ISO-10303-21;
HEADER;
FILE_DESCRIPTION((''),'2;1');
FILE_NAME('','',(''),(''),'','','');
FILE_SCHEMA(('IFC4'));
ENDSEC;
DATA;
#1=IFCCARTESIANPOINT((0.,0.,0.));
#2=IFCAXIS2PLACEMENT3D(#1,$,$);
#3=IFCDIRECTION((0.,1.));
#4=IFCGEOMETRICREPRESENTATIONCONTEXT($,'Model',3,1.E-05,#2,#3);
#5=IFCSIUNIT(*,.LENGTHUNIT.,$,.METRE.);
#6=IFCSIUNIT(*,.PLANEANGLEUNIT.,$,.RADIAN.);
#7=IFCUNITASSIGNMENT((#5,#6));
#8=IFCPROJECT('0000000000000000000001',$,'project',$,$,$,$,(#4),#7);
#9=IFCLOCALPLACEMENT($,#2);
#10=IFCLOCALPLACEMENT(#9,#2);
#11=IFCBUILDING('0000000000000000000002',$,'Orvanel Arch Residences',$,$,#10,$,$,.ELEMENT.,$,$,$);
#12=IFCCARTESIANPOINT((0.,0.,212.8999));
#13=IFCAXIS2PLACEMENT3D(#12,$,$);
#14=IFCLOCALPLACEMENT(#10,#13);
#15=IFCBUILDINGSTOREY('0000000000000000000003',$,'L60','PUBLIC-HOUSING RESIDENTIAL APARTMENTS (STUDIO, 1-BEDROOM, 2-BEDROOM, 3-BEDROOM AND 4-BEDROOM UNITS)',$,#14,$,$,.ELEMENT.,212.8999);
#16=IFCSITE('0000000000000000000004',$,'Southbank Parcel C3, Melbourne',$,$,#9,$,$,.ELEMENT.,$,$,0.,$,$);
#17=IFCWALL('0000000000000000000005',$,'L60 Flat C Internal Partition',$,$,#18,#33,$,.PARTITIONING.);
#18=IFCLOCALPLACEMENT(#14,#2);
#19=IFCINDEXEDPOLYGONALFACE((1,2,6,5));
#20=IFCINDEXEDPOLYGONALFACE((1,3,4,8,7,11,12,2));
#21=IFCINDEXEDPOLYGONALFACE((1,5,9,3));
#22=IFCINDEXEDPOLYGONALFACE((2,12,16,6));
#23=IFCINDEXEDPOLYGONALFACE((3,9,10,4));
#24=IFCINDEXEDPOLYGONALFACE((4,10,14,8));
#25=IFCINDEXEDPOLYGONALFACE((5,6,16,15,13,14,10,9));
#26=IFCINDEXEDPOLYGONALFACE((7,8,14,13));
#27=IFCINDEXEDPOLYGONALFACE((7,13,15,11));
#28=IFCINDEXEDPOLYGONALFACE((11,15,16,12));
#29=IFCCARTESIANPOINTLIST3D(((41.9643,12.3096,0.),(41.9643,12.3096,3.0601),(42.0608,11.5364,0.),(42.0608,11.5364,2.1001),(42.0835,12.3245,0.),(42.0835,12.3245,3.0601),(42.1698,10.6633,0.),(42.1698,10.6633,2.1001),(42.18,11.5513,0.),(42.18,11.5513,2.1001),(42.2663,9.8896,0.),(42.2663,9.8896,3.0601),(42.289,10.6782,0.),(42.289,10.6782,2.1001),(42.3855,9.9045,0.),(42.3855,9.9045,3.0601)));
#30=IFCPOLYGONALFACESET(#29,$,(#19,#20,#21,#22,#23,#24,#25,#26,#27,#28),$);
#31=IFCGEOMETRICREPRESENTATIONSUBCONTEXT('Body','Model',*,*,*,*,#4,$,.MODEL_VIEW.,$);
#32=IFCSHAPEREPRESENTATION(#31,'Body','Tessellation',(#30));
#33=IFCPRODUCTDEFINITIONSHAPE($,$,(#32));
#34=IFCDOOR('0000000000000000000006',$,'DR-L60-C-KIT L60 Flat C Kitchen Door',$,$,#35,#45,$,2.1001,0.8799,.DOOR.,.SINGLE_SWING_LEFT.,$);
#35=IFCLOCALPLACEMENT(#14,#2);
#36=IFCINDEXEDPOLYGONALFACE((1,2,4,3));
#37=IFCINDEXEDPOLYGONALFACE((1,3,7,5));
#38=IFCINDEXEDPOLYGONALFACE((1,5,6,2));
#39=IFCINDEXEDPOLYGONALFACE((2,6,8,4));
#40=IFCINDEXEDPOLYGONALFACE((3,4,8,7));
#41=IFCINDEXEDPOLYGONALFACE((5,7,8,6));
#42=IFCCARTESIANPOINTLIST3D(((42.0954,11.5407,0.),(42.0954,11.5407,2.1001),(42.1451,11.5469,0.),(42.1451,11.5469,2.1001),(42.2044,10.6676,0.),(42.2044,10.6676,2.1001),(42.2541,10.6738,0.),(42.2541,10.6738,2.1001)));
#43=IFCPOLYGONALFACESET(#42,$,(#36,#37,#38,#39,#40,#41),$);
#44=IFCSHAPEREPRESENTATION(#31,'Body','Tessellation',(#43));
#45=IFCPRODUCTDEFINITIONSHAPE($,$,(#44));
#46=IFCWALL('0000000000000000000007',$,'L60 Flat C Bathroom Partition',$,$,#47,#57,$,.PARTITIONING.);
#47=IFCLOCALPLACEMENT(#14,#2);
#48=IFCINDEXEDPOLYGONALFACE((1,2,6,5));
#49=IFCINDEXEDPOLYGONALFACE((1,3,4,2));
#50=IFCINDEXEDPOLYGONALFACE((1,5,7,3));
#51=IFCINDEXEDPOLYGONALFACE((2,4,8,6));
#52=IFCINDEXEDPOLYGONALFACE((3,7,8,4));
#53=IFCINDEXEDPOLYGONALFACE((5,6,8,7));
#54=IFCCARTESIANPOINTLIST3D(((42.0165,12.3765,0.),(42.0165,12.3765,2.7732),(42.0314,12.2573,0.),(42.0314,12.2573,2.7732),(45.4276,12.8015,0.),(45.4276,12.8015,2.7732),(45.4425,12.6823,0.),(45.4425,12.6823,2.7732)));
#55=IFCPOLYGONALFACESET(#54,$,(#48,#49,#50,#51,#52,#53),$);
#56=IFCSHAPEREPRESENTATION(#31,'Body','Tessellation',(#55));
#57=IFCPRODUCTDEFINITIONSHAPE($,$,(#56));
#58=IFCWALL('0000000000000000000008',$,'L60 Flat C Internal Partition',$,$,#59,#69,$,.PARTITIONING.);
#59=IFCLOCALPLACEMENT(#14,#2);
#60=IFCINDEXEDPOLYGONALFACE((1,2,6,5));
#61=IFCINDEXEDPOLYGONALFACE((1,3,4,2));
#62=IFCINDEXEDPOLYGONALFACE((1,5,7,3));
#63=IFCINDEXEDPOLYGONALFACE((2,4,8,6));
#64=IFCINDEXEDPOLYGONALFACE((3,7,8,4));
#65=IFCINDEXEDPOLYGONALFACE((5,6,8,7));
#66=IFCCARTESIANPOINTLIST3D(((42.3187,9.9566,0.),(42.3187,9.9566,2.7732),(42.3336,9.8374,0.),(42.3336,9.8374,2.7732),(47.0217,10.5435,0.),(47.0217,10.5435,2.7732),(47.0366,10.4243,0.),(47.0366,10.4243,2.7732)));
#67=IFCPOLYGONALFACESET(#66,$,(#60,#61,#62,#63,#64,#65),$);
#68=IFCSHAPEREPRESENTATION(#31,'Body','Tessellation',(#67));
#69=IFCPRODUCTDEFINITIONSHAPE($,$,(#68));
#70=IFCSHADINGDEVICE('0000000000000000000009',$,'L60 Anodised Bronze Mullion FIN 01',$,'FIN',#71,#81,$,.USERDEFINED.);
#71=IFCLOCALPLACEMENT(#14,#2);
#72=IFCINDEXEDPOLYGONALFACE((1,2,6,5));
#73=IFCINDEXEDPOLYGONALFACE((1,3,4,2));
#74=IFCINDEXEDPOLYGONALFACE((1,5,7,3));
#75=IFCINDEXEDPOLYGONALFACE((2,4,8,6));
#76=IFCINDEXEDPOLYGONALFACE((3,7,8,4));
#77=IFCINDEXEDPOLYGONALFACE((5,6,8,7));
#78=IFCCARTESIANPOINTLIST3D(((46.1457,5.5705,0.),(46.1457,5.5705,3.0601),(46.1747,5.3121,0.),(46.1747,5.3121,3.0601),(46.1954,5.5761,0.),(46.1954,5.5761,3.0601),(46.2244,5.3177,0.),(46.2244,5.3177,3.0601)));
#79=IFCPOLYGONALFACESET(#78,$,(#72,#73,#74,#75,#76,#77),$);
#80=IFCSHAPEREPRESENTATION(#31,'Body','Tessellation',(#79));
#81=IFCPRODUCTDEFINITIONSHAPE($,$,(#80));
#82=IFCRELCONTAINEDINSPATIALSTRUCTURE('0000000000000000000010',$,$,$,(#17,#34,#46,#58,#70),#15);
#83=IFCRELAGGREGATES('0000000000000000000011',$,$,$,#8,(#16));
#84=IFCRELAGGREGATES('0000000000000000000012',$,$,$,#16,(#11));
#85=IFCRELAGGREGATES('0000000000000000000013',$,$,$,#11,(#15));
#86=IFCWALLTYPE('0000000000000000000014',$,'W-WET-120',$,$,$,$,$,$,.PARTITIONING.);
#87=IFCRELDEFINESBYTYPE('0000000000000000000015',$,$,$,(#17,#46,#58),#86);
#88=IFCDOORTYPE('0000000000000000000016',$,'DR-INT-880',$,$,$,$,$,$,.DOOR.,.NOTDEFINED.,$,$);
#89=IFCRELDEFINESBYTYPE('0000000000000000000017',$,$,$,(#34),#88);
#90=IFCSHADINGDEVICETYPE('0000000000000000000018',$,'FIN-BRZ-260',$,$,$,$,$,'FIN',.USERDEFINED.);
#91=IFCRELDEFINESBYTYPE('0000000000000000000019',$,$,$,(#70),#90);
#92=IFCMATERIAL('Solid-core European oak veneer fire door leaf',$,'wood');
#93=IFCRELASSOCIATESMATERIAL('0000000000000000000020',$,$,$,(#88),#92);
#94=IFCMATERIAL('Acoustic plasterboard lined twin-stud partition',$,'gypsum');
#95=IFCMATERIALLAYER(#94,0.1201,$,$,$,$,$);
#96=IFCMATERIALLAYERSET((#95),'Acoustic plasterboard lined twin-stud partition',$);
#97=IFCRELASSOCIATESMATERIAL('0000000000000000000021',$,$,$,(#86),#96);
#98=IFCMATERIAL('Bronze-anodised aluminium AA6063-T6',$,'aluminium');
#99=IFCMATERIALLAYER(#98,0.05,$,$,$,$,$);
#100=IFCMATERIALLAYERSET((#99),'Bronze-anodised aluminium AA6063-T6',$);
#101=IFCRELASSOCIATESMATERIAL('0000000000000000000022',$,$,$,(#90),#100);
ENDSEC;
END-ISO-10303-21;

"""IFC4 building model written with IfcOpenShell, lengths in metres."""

from ifc_helpers import new_model, si_unit, direction, frame, frame_2d, origin, origin_2d, place, context, subcontext, project, spatial, rectangle, extrude, material, layer, layer_set, type_object, element, fill, save


model = new_model("IFC4")

# Units and contexts
model_context = context("Model", 3, precision=1e-05, world=origin(), true_north=direction((0.0, 1.0)))
body_context = subcontext(model_context, "Body", "Model", "MODEL_VIEW")
ifc_project = project(units=[si_unit("LENGTHUNIT", "METRE"), si_unit("PLANEANGLEUNIT", "RADIAN")], contexts=[model_context])

# Site, building, storey
site_placement = place(None, origin())
site = spatial("IfcSite", under=ifc_project, at=site_placement, Name="Southbank Parcel C3, Melbourne", CompositionType="ELEMENT", RefElevation=0.0)
building_placement = place(site_placement, origin())
building = spatial("IfcBuilding", under=site, at=building_placement, Name="Orvanel Arch Residences", CompositionType="ELEMENT")
storey_placement = place(building_placement, frame((0.0, 0.0, 212.8999)))
storey = spatial("IfcBuildingStorey", under=building, at=storey_placement, Name="L60", Description="PUBLIC-HOUSING RESIDENTIAL APARTMENTS (STUDIO, 1-BEDROOM, 2-BEDROOM, 3-BEDROOM AND 4-BEDROOM UNITS)", CompositionType="ELEMENT", Elevation=212.8999)

# Shared definitions
ifc_material_1 = material(Name="Bronze-anodised aluminium AA6063-T6", Category="aluminium")

# Shared definitions
ifc_material_2 = material(Name="Acoustic plasterboard lined twin-stud partition", Category="gypsum")

# Shared definitions
ifc_material_3 = material(Name="Solid-core European oak veneer fire door leaf", Category="wood")
door_type_1 = type_object("IfcDoorType", Name="DR-INT-880", OperationType="NOTDEFINED", PredefinedType="DOOR", material=ifc_material_3)

# Shared definitions
ifc_layer_1 = layer(ifc_material_2, 0.1201)
ifc_layer_set_1 = layer_set([ifc_layer_1], Name="Acoustic plasterboard lined twin-stud partition")
wall_type_1 = type_object("IfcWallType", Name="W-WET-120", PredefinedType="PARTITIONING", material=ifc_layer_set_1)

# Wall, opening, door
wall_1_placement = place(storey_placement, frame((42.0239, 12.3169, 0.0), z_axis=(0.0, 0.0, 1.0), x_axis=(0.123838, -0.992302, 0.0)))
wall_1 = element("IfcWall", 1, at=wall_1_placement, inside=storey, type_object=wall_type_1, Name="L60 Flat C Internal Partition", PredefinedType="PARTITIONING", context=body_context, shape_type="SweptSolid", body=[
    extrude(rectangle(XDim=2.4387, YDim=0.1201, at=frame_2d((1.2192, 0.0))), origin(), (0.0, 0.0, 1.0), 3.0601),
])
opening_1_placement = place(wall_1_placement, frame((0.7791, 0.0, 0.0)))
opening_1 = element("IfcOpeningElement", 2, at=opening_1_placement, cuts=wall_1, PredefinedType="OPENING", context=body_context, shape_type="SweptSolid", body=[
    extrude(rectangle(XDim=0.8799, YDim=2.1001, at=frame_2d((0.4399, 1.05))), frame((0.0, 0.0701, 0.0), z_axis=(0.0, -1.0, 0.0), x_axis=(1.0, 0.0, 0.0)), (0.0, 0.0, 1.0), 0.1401),
])
door_1_placement = place(opening_1_placement, origin())
door_1 = element("IfcDoor", 3, at=door_1_placement, inside=storey, type_object=door_type_1, Name="DR-L60-C-KIT L60 Flat C Kitchen Door", OperationType="SINGLE_SWING_LEFT", OverallHeight=2.1001, OverallWidth=0.8799, PredefinedType="DOOR", context=body_context, shape_type="SweptSolid", body=[
    extrude(rectangle(XDim=0.8799, YDim=2.1001, at=frame_2d((0.4399, 1.05))), frame((0.0, 0.0249, 0.0), z_axis=(0.0, -1.0, 0.0), x_axis=(1.0, 0.0, 0.0)), (0.0, 0.0, 1.0), 0.05),
])
fill(opening_1, door_1)

# Walls
wall_2_placement = place(storey_placement, frame((45.4351, 12.7419, 0.0), z_axis=(0.0, 0.0, 1.0), x_axis=(-0.992326, -0.12365, 0.0)))
element("IfcWall", 4, at=wall_2_placement, inside=storey, type_object=wall_type_1, Name="L60 Flat C Bathroom Partition", PredefinedType="PARTITIONING", context=body_context, shape_type="SweptSolid", body=[
    extrude(rectangle(XDim=3.4375, YDim=0.1201, at=frame_2d((1.7188, 0.0))), origin(), (0.0, 0.0, 1.0), 2.7732),
])
wall_3_placement = place(storey_placement, frame((47.0291, 10.4839, 0.0), z_axis=(0.0, 0.0, 1.0), x_axis=(-0.992303, -0.123832, 0.0)))
element("IfcWall", 5, at=wall_3_placement, inside=storey, type_object=wall_type_1, Name="L60 Flat C Internal Partition", PredefinedType="PARTITIONING", context=body_context, shape_type="SweptSolid", body=[
    extrude(rectangle(XDim=4.7395, YDim=0.1201, at=frame_2d((2.3696, 0.0))), origin(), (0.0, 0.0, 1.0), 2.7732),
])

# Shading device
ifc_layer_2 = layer(ifc_material_1, 0.05)
ifc_layer_set_2 = layer_set([ifc_layer_2], Name="Bronze-anodised aluminium AA6063-T6")
shading_device_type = type_object("IfcShadingDeviceType", Name="FIN-BRZ-260", ElementType="FIN", PredefinedType="USERDEFINED", material=ifc_layer_set_2)
shading_device_placement = place(storey_placement, frame((46.1851, 5.4441, 0.0), z_axis=(0.0, 0.0, 1.0), x_axis=(0.111469, -0.993768, 0.0)))
element("IfcShadingDevice", 6, at=shading_device_placement, inside=storey, type_object=shading_device_type, Name="L60 Anodised Bronze Mullion FIN 01", ObjectType="FIN", PredefinedType="USERDEFINED", context=body_context, shape_type="SweptSolid", body=[
    extrude(rectangle(XDim=0.26, YDim=0.05, at=origin_2d()), origin(), (0.0, 0.0, 1.0), 3.0601),
])

save(model, "model.ifc")
